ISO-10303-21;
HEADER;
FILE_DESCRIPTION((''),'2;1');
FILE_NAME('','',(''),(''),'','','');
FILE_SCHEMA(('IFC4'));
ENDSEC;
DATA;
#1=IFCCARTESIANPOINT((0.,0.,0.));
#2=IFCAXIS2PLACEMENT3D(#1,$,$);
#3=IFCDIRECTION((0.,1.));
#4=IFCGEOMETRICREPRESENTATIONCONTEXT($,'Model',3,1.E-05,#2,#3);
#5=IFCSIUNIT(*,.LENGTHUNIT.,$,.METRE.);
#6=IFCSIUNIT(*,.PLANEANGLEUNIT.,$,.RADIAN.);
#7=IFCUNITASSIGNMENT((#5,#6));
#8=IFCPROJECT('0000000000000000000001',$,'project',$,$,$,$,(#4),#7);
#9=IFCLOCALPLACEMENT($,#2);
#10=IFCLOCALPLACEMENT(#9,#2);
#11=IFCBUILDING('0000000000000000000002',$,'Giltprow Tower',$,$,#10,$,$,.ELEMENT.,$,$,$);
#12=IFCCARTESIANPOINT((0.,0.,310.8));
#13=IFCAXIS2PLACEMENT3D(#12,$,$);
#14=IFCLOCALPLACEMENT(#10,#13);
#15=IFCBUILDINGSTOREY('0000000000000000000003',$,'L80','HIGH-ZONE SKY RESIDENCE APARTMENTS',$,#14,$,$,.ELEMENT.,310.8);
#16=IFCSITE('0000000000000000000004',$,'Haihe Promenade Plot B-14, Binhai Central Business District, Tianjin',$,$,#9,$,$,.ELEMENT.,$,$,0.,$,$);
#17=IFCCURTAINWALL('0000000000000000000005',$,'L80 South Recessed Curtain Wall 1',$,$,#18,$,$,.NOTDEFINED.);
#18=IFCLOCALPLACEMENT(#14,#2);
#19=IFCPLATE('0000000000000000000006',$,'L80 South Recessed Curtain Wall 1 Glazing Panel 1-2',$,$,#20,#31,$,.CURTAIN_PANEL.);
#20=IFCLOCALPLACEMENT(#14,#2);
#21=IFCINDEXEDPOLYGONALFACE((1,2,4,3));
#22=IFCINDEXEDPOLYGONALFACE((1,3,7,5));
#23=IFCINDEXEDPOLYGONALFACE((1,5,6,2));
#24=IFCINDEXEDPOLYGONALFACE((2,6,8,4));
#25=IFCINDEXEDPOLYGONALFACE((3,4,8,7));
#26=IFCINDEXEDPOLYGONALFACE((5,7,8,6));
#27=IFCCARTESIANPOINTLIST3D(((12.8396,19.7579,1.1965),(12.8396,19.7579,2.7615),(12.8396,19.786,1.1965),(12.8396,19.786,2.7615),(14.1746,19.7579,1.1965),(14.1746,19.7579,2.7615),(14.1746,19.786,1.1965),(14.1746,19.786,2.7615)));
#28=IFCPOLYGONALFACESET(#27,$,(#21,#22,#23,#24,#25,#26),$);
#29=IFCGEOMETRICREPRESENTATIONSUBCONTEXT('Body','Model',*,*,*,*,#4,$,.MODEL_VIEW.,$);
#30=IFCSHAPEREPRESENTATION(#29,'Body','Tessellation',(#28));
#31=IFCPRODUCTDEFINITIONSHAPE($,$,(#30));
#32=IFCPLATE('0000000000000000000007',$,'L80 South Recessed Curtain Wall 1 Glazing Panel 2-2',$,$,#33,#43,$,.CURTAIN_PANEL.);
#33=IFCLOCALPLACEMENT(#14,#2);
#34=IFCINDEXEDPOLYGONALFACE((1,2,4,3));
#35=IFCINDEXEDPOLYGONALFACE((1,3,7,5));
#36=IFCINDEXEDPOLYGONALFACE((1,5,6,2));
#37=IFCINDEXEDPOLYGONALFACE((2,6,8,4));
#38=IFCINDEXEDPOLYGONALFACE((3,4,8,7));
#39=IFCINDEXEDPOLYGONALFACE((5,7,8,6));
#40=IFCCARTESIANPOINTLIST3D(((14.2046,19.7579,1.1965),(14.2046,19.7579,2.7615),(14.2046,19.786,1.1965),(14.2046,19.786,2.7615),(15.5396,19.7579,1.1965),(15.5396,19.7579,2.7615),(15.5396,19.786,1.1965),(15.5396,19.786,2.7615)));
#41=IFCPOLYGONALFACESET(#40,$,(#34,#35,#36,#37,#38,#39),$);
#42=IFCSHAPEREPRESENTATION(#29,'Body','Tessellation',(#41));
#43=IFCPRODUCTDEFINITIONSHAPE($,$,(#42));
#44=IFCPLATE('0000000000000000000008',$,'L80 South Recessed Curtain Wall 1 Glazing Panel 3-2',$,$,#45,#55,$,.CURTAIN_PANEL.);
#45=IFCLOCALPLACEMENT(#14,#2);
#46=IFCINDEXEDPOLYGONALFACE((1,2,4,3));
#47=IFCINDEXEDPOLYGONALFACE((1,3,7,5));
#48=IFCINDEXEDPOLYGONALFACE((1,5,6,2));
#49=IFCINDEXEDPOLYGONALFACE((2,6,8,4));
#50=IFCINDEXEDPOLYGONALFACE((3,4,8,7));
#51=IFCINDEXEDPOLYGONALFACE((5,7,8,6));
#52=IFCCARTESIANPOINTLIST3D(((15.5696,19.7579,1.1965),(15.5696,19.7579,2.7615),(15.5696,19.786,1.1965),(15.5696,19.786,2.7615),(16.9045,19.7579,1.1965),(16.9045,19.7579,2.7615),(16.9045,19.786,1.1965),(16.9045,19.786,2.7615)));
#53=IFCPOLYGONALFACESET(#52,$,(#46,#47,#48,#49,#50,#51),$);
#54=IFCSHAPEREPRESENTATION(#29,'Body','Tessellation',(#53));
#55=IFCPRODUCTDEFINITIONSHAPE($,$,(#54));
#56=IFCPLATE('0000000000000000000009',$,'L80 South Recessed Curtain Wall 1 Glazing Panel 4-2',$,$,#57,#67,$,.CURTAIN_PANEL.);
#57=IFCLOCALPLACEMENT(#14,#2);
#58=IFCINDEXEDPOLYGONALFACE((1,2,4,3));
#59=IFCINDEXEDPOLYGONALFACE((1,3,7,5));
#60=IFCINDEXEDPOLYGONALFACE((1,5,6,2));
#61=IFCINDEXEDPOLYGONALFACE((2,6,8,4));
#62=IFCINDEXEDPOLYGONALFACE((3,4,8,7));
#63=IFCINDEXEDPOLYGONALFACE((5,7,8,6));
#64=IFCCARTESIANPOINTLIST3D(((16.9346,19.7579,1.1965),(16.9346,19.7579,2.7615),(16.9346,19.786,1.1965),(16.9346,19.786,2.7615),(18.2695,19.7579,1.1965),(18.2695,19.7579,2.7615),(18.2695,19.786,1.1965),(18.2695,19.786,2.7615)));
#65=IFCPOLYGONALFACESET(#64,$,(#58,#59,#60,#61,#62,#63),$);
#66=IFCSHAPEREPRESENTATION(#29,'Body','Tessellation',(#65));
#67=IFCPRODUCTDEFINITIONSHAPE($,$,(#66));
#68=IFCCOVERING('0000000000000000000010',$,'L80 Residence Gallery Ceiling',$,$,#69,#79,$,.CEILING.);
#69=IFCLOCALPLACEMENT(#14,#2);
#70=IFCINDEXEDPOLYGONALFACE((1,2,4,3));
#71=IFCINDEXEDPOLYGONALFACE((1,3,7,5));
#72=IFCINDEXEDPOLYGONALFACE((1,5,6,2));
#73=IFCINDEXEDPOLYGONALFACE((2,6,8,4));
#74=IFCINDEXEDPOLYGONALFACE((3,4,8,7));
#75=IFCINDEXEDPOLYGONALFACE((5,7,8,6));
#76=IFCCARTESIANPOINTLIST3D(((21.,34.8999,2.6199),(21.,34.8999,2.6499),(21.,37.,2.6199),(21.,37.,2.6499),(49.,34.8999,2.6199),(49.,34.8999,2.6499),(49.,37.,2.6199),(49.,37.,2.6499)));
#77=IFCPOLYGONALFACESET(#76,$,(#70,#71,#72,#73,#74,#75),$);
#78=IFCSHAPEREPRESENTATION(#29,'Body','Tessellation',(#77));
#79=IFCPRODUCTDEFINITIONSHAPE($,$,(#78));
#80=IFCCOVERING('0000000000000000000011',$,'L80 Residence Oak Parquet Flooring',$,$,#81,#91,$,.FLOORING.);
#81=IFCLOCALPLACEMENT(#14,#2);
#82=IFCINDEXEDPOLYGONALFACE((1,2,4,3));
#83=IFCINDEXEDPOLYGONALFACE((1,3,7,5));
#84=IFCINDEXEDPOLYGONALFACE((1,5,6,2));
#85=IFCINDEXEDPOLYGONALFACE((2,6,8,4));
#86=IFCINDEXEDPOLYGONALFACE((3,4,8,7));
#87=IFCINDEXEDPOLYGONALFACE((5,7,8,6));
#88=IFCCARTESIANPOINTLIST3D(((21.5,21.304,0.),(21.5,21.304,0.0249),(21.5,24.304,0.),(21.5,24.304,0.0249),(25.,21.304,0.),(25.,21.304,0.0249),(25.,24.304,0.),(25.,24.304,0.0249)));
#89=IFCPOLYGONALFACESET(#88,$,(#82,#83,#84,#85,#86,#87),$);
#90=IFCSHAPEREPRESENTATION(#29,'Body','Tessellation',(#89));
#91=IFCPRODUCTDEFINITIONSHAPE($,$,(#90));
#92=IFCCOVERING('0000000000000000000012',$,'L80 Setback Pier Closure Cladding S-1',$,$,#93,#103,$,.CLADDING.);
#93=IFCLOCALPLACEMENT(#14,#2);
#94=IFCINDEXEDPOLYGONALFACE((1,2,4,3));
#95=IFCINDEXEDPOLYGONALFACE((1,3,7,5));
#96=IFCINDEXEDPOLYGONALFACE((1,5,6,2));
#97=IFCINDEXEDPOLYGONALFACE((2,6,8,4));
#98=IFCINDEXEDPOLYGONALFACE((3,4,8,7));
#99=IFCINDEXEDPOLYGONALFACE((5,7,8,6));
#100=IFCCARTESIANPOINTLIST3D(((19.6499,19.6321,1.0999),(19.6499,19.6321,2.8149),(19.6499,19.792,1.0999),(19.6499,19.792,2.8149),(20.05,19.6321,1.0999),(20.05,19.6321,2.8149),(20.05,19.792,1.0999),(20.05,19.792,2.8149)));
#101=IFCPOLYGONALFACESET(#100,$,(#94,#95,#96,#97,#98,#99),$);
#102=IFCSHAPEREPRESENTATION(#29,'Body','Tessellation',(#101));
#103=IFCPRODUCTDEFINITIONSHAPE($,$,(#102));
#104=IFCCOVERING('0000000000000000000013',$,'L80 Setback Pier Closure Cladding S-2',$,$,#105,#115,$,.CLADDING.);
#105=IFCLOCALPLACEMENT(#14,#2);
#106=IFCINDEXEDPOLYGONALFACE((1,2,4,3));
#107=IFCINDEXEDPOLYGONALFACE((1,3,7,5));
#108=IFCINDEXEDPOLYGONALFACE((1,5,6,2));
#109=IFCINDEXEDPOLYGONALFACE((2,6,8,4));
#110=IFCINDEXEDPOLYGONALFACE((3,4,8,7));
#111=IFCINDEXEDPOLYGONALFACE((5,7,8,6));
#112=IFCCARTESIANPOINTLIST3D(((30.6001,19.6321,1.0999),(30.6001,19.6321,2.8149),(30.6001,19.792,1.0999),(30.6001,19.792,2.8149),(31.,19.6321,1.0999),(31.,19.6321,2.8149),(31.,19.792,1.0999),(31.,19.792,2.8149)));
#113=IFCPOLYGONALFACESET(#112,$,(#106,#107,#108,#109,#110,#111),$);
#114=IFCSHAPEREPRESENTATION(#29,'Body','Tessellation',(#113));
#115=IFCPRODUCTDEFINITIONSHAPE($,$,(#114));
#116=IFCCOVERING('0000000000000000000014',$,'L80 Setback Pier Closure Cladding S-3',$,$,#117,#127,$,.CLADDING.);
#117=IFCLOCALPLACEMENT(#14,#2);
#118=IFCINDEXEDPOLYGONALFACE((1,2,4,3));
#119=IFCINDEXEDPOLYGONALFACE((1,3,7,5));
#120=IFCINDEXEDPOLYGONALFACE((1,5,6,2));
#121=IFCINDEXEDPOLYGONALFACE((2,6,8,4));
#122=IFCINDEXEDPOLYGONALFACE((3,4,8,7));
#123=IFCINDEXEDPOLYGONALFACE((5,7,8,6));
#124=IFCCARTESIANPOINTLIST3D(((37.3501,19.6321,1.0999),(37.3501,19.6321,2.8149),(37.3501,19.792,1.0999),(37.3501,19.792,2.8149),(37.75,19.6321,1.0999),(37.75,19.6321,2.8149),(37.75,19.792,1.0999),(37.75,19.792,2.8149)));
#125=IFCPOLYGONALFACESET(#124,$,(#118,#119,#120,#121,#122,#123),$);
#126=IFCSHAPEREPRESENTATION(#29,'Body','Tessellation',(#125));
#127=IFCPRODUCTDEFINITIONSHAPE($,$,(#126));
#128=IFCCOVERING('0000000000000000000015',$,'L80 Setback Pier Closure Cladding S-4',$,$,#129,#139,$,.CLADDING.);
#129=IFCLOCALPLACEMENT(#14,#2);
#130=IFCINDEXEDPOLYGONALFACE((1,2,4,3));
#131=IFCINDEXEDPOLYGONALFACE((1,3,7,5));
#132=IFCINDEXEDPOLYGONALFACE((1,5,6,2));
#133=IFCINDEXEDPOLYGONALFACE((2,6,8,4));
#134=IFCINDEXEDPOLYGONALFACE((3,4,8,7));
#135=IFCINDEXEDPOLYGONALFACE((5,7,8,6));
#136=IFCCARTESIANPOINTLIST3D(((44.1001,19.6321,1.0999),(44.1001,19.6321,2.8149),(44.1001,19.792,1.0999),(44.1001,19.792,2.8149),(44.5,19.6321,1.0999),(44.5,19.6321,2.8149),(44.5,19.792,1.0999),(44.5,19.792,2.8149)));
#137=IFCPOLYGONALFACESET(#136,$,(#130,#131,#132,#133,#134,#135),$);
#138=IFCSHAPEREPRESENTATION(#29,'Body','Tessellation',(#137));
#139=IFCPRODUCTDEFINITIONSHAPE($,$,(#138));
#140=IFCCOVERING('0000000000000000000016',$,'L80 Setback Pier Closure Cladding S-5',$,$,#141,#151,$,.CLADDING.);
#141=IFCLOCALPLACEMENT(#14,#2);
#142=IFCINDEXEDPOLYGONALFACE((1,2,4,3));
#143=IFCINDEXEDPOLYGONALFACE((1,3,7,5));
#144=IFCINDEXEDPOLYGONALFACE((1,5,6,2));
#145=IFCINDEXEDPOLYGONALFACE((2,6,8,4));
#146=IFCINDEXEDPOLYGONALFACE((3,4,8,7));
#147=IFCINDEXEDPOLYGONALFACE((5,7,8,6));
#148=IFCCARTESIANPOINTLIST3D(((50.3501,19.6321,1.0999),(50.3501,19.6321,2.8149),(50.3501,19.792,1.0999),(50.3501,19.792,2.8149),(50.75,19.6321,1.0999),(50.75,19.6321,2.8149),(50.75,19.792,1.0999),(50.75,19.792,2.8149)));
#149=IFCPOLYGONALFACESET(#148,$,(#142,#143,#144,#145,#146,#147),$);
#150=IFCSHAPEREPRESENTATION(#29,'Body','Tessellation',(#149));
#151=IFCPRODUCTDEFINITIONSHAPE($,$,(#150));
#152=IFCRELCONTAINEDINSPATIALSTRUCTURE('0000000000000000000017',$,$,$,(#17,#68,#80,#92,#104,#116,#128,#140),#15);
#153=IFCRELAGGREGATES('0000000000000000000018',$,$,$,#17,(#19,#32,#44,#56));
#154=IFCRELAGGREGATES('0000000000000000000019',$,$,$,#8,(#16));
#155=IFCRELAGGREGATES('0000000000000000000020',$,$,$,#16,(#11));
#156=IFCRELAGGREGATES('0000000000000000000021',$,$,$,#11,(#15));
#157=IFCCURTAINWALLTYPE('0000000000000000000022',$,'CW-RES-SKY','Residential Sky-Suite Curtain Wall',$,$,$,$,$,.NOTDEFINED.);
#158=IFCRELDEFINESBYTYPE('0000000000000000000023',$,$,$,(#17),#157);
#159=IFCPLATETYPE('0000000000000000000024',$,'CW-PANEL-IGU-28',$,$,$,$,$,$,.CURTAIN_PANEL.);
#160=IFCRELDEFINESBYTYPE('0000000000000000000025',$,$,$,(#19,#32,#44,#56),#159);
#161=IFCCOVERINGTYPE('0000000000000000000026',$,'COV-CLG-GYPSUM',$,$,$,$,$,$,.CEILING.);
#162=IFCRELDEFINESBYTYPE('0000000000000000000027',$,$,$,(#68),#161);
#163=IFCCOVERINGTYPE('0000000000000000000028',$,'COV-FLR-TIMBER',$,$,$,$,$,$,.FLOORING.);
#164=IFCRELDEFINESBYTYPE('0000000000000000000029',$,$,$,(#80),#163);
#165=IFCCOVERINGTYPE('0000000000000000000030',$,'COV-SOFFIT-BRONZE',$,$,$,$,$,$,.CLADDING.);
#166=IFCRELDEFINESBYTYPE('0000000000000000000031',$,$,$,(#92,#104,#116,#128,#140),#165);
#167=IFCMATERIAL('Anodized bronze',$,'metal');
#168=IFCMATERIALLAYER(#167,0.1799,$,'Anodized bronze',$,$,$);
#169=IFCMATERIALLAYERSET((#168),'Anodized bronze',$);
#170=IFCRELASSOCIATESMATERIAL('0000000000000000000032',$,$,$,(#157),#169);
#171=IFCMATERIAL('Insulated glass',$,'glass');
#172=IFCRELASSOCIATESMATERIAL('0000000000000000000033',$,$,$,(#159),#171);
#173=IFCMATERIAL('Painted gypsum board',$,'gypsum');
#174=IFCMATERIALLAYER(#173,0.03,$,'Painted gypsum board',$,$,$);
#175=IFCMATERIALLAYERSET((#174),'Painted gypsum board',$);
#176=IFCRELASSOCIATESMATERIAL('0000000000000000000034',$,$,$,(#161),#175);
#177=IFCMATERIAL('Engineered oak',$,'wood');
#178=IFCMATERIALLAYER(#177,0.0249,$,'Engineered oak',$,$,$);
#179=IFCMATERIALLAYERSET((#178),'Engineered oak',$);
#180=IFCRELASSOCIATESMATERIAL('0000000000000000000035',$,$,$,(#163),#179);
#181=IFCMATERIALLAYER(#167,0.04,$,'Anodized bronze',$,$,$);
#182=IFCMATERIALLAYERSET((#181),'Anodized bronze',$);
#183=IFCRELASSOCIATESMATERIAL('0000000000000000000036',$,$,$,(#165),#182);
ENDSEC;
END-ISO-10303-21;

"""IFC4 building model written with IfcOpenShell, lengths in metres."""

from ifc_helpers import new_model, si_unit, direction, frame, origin, origin_2d, place, context, subcontext, project, spatial, polyline, rectangle, outline, extrude, source, transform, mapped, material, layer, layer_set, type_object, element, aggregate, save


model = new_model("IFC4")

# Units and contexts
model_context = context("Model", 3, precision=1e-05, world=origin(), true_north=direction((0.0, 1.0)))
body_context = subcontext(model_context, "Body", "Model", "MODEL_VIEW")
ifc_project = project(units=[si_unit("LENGTHUNIT", "METRE"), si_unit("PLANEANGLEUNIT", "RADIAN")], contexts=[model_context])

# Site, building, storey
site_placement = place(None, origin())
site = spatial("IfcSite", under=ifc_project, at=site_placement, Name="Haihe Promenade Plot B-14, Binhai Central Business District, Tianjin", CompositionType="ELEMENT", RefElevation=0.0)
building_placement = place(site_placement, origin())
building = spatial("IfcBuilding", under=site, at=building_placement, Name="Giltprow Tower", CompositionType="ELEMENT")
storey_placement = place(building_placement, frame((0.0, 0.0, 310.8)))
storey = spatial("IfcBuildingStorey", under=building, at=storey_placement, Name="L80", Description="HIGH-ZONE SKY RESIDENCE APARTMENTS", CompositionType="ELEMENT", Elevation=310.8)

# Curtain wall
ifc_material_1 = material(Name="Anodized bronze", Category="metal")
ifc_layer_1 = layer(ifc_material_1, 0.1799, Name="Anodized bronze")
ifc_layer_set_1 = layer_set([ifc_layer_1], Name="Anodized bronze")
curtain_wall_type = type_object("IfcCurtainWallType", Name="CW-RES-SKY", Description="Residential Sky-Suite Curtain Wall", PredefinedType="NOTDEFINED", material=ifc_layer_set_1)
curtain_wall_placement = place(storey_placement, origin())
curtain_wall = element("IfcCurtainWall", 1, at=curtain_wall_placement, inside=storey, type_object=curtain_wall_type, Name="L80 South Recessed Curtain Wall 1", PredefinedType="NOTDEFINED")

# Plates
ifc_material_2 = material(Name="Insulated glass", Category="glass")
plate_type = type_object("IfcPlateType", Name="CW-PANEL-IGU-28", PredefinedType="CURTAIN_PANEL", material=ifc_material_2)
shared_shape_1 = source(origin(), body_context, "Body", "SweptSolid", [
    extrude(rectangle(XDim=1.335, YDim=0.0281, at=origin_2d()), origin(), (0.0, 0.0, 1.0), 1.5649),
])
plate_1_placement = place(storey_placement, frame((13.5071, 19.772, 1.1965), z_axis=(0.0, 0.0, 1.0), x_axis=(1.0, 0.0, 0.0)))
plate_1 = element("IfcPlate", 2, at=plate_1_placement, type_object=plate_type, Name="L80 South Recessed Curtain Wall 1 Glazing Panel 1-2", PredefinedType="CURTAIN_PANEL", context=body_context, shape_type="MappedRepresentation", body=[
    mapped(shared_shape_1, transform((0.0, 0.0, 0.0), x_axis=(1.0, 0.0, 0.0), y_axis=(0.0, 1.0, 0.0), z_axis=(0.0, 0.0, 1.0), scale=1.0)),
])
plate_2_placement = place(storey_placement, frame((14.8721, 19.772, 1.1965), z_axis=(0.0, 0.0, 1.0), x_axis=(1.0, 0.0, 0.0)))
plate_2 = element("IfcPlate", 3, at=plate_2_placement, type_object=plate_type, Name="L80 South Recessed Curtain Wall 1 Glazing Panel 2-2", PredefinedType="CURTAIN_PANEL", context=body_context, shape_type="MappedRepresentation", body=[
    mapped(shared_shape_1, transform((0.0, 0.0, 0.0), x_axis=(1.0, 0.0, 0.0), y_axis=(0.0, 1.0, 0.0), z_axis=(0.0, 0.0, 1.0), scale=1.0)),
])
plate_3_placement = place(storey_placement, frame((16.2371, 19.772, 1.1965), z_axis=(0.0, 0.0, 1.0), x_axis=(1.0, 0.0, 0.0)))
plate_3 = element("IfcPlate", 4, at=plate_3_placement, type_object=plate_type, Name="L80 South Recessed Curtain Wall 1 Glazing Panel 3-2", PredefinedType="CURTAIN_PANEL", context=body_context, shape_type="MappedRepresentation", body=[
    mapped(shared_shape_1, transform((0.0, 0.0, 0.0), x_axis=(1.0, 0.0, 0.0), y_axis=(0.0, 1.0, 0.0), z_axis=(0.0, 0.0, 1.0), scale=1.0)),
])
plate_4_placement = place(storey_placement, frame((17.6021, 19.772, 1.1965), z_axis=(0.0, 0.0, 1.0), x_axis=(1.0, 0.0, 0.0)))
plate_4 = element("IfcPlate", 5, at=plate_4_placement, type_object=plate_type, Name="L80 South Recessed Curtain Wall 1 Glazing Panel 4-2", PredefinedType="CURTAIN_PANEL", context=body_context, shape_type="MappedRepresentation", body=[
    mapped(shared_shape_1, transform((0.0, 0.0, 0.0), x_axis=(1.0, 0.0, 0.0), y_axis=(0.0, 1.0, 0.0), z_axis=(0.0, 0.0, 1.0), scale=1.0)),
])
aggregate(curtain_wall, [plate_1, plate_2, plate_3, plate_4])

# Coverings
ifc_material_3 = material(Name="Painted gypsum board", Category="gypsum")
ifc_layer_2 = layer(ifc_material_3, 0.03, Name="Painted gypsum board")
ifc_layer_set_2 = layer_set([ifc_layer_2], Name="Painted gypsum board")
covering_type_1 = type_object("IfcCoveringType", Name="COV-CLG-GYPSUM", PredefinedType="CEILING", material=ifc_layer_set_2)
covering_1_placement = place(storey_placement, frame((0.0, 0.0, 2.6199)))
element("IfcCovering", 6, at=covering_1_placement, inside=storey, type_object=covering_type_1, Name="L80 Residence Gallery Ceiling", PredefinedType="CEILING", context=body_context, shape_type="SweptSolid", body=[
    extrude(outline(polyline([(21.0, 34.8999), (49.0, 34.8999), (49.0, 37.0), (21.0, 37.0), (21.0, 34.8999)])), origin(), (0.0, 0.0, 1.0), 0.03),
])
ifc_material_4 = material(Name="Engineered oak", Category="wood")
ifc_layer_3 = layer(ifc_material_4, 0.0249, Name="Engineered oak")
ifc_layer_set_3 = layer_set([ifc_layer_3], Name="Engineered oak")
covering_type_2 = type_object("IfcCoveringType", Name="COV-FLR-TIMBER", PredefinedType="FLOORING", material=ifc_layer_set_3)
covering_2_placement = place(storey_placement, origin())
element("IfcCovering", 7, at=covering_2_placement, inside=storey, type_object=covering_type_2, Name="L80 Residence Oak Parquet Flooring", PredefinedType="FLOORING", context=body_context, shape_type="SweptSolid", body=[
    extrude(outline(polyline([(21.5, 21.304), (25.0, 21.304), (25.0, 24.304), (21.5, 24.304), (21.5, 21.304)])), origin(), (0.0, 0.0, 1.0), 0.0249),
])
ifc_layer_4 = layer(ifc_material_1, 0.04, Name="Anodized bronze")
ifc_layer_set_4 = layer_set([ifc_layer_4], Name="Anodized bronze")
covering_type_3 = type_object("IfcCoveringType", Name="COV-SOFFIT-BRONZE", PredefinedType="CLADDING", material=ifc_layer_set_4)
covering_3_placement = place(storey_placement, frame((0.0, 0.0, 1.0999)))
element("IfcCovering", 8, at=covering_3_placement, inside=storey, type_object=covering_type_3, Name="L80 Setback Pier Closure Cladding S-1", PredefinedType="CLADDING", context=body_context, shape_type="SweptSolid", body=[
    extrude(outline(polyline([(19.6499, 19.6321), (20.05, 19.6321), (20.05, 19.792), (19.6499, 19.792), (19.6499, 19.6321)])), origin(), (0.0, 0.0, 1.0), 1.7151),
])
covering_4_placement = place(storey_placement, frame((0.0, 0.0, 1.0999)))
element("IfcCovering", 9, at=covering_4_placement, inside=storey, type_object=covering_type_3, Name="L80 Setback Pier Closure Cladding S-2", PredefinedType="CLADDING", context=body_context, shape_type="SweptSolid", body=[
    extrude(outline(polyline([(30.6001, 19.6321), (31.0, 19.6321), (31.0, 19.792), (30.6001, 19.792), (30.6001, 19.6321)])), origin(), (0.0, 0.0, 1.0), 1.7151),
])
covering_5_placement = place(storey_placement, frame((0.0, 0.0, 1.0999)))
element("IfcCovering", 10, at=covering_5_placement, inside=storey, type_object=covering_type_3, Name="L80 Setback Pier Closure Cladding S-3", PredefinedType="CLADDING", context=body_context, shape_type="SweptSolid", body=[
    extrude(outline(polyline([(37.3501, 19.6321), (37.75, 19.6321), (37.75, 19.792), (37.3501, 19.792), (37.3501, 19.6321)])), origin(), (0.0, 0.0, 1.0), 1.7151),
])
covering_6_placement = place(storey_placement, frame((0.0, 0.0, 1.0999)))
element("IfcCovering", 11, at=covering_6_placement, inside=storey, type_object=covering_type_3, Name="L80 Setback Pier Closure Cladding S-4", PredefinedType="CLADDING", context=body_context, shape_type="SweptSolid", body=[
    extrude(outline(polyline([(44.1001, 19.6321), (44.5, 19.6321), (44.5, 19.792), (44.1001, 19.792), (44.1001, 19.6321)])), origin(), (0.0, 0.0, 1.0), 1.7151),
])
covering_7_placement = place(storey_placement, frame((0.0, 0.0, 1.0999)))
element("IfcCovering", 12, at=covering_7_placement, inside=storey, type_object=covering_type_3, Name="L80 Setback Pier Closure Cladding S-5", PredefinedType="CLADDING", context=body_context, shape_type="SweptSolid", body=[
    extrude(outline(polyline([(50.3501, 19.6321), (50.75, 19.6321), (50.75, 19.792), (50.3501, 19.792), (50.3501, 19.6321)])), origin(), (0.0, 0.0, 1.0), 1.7151),
])

save(model, "model.ifc")
